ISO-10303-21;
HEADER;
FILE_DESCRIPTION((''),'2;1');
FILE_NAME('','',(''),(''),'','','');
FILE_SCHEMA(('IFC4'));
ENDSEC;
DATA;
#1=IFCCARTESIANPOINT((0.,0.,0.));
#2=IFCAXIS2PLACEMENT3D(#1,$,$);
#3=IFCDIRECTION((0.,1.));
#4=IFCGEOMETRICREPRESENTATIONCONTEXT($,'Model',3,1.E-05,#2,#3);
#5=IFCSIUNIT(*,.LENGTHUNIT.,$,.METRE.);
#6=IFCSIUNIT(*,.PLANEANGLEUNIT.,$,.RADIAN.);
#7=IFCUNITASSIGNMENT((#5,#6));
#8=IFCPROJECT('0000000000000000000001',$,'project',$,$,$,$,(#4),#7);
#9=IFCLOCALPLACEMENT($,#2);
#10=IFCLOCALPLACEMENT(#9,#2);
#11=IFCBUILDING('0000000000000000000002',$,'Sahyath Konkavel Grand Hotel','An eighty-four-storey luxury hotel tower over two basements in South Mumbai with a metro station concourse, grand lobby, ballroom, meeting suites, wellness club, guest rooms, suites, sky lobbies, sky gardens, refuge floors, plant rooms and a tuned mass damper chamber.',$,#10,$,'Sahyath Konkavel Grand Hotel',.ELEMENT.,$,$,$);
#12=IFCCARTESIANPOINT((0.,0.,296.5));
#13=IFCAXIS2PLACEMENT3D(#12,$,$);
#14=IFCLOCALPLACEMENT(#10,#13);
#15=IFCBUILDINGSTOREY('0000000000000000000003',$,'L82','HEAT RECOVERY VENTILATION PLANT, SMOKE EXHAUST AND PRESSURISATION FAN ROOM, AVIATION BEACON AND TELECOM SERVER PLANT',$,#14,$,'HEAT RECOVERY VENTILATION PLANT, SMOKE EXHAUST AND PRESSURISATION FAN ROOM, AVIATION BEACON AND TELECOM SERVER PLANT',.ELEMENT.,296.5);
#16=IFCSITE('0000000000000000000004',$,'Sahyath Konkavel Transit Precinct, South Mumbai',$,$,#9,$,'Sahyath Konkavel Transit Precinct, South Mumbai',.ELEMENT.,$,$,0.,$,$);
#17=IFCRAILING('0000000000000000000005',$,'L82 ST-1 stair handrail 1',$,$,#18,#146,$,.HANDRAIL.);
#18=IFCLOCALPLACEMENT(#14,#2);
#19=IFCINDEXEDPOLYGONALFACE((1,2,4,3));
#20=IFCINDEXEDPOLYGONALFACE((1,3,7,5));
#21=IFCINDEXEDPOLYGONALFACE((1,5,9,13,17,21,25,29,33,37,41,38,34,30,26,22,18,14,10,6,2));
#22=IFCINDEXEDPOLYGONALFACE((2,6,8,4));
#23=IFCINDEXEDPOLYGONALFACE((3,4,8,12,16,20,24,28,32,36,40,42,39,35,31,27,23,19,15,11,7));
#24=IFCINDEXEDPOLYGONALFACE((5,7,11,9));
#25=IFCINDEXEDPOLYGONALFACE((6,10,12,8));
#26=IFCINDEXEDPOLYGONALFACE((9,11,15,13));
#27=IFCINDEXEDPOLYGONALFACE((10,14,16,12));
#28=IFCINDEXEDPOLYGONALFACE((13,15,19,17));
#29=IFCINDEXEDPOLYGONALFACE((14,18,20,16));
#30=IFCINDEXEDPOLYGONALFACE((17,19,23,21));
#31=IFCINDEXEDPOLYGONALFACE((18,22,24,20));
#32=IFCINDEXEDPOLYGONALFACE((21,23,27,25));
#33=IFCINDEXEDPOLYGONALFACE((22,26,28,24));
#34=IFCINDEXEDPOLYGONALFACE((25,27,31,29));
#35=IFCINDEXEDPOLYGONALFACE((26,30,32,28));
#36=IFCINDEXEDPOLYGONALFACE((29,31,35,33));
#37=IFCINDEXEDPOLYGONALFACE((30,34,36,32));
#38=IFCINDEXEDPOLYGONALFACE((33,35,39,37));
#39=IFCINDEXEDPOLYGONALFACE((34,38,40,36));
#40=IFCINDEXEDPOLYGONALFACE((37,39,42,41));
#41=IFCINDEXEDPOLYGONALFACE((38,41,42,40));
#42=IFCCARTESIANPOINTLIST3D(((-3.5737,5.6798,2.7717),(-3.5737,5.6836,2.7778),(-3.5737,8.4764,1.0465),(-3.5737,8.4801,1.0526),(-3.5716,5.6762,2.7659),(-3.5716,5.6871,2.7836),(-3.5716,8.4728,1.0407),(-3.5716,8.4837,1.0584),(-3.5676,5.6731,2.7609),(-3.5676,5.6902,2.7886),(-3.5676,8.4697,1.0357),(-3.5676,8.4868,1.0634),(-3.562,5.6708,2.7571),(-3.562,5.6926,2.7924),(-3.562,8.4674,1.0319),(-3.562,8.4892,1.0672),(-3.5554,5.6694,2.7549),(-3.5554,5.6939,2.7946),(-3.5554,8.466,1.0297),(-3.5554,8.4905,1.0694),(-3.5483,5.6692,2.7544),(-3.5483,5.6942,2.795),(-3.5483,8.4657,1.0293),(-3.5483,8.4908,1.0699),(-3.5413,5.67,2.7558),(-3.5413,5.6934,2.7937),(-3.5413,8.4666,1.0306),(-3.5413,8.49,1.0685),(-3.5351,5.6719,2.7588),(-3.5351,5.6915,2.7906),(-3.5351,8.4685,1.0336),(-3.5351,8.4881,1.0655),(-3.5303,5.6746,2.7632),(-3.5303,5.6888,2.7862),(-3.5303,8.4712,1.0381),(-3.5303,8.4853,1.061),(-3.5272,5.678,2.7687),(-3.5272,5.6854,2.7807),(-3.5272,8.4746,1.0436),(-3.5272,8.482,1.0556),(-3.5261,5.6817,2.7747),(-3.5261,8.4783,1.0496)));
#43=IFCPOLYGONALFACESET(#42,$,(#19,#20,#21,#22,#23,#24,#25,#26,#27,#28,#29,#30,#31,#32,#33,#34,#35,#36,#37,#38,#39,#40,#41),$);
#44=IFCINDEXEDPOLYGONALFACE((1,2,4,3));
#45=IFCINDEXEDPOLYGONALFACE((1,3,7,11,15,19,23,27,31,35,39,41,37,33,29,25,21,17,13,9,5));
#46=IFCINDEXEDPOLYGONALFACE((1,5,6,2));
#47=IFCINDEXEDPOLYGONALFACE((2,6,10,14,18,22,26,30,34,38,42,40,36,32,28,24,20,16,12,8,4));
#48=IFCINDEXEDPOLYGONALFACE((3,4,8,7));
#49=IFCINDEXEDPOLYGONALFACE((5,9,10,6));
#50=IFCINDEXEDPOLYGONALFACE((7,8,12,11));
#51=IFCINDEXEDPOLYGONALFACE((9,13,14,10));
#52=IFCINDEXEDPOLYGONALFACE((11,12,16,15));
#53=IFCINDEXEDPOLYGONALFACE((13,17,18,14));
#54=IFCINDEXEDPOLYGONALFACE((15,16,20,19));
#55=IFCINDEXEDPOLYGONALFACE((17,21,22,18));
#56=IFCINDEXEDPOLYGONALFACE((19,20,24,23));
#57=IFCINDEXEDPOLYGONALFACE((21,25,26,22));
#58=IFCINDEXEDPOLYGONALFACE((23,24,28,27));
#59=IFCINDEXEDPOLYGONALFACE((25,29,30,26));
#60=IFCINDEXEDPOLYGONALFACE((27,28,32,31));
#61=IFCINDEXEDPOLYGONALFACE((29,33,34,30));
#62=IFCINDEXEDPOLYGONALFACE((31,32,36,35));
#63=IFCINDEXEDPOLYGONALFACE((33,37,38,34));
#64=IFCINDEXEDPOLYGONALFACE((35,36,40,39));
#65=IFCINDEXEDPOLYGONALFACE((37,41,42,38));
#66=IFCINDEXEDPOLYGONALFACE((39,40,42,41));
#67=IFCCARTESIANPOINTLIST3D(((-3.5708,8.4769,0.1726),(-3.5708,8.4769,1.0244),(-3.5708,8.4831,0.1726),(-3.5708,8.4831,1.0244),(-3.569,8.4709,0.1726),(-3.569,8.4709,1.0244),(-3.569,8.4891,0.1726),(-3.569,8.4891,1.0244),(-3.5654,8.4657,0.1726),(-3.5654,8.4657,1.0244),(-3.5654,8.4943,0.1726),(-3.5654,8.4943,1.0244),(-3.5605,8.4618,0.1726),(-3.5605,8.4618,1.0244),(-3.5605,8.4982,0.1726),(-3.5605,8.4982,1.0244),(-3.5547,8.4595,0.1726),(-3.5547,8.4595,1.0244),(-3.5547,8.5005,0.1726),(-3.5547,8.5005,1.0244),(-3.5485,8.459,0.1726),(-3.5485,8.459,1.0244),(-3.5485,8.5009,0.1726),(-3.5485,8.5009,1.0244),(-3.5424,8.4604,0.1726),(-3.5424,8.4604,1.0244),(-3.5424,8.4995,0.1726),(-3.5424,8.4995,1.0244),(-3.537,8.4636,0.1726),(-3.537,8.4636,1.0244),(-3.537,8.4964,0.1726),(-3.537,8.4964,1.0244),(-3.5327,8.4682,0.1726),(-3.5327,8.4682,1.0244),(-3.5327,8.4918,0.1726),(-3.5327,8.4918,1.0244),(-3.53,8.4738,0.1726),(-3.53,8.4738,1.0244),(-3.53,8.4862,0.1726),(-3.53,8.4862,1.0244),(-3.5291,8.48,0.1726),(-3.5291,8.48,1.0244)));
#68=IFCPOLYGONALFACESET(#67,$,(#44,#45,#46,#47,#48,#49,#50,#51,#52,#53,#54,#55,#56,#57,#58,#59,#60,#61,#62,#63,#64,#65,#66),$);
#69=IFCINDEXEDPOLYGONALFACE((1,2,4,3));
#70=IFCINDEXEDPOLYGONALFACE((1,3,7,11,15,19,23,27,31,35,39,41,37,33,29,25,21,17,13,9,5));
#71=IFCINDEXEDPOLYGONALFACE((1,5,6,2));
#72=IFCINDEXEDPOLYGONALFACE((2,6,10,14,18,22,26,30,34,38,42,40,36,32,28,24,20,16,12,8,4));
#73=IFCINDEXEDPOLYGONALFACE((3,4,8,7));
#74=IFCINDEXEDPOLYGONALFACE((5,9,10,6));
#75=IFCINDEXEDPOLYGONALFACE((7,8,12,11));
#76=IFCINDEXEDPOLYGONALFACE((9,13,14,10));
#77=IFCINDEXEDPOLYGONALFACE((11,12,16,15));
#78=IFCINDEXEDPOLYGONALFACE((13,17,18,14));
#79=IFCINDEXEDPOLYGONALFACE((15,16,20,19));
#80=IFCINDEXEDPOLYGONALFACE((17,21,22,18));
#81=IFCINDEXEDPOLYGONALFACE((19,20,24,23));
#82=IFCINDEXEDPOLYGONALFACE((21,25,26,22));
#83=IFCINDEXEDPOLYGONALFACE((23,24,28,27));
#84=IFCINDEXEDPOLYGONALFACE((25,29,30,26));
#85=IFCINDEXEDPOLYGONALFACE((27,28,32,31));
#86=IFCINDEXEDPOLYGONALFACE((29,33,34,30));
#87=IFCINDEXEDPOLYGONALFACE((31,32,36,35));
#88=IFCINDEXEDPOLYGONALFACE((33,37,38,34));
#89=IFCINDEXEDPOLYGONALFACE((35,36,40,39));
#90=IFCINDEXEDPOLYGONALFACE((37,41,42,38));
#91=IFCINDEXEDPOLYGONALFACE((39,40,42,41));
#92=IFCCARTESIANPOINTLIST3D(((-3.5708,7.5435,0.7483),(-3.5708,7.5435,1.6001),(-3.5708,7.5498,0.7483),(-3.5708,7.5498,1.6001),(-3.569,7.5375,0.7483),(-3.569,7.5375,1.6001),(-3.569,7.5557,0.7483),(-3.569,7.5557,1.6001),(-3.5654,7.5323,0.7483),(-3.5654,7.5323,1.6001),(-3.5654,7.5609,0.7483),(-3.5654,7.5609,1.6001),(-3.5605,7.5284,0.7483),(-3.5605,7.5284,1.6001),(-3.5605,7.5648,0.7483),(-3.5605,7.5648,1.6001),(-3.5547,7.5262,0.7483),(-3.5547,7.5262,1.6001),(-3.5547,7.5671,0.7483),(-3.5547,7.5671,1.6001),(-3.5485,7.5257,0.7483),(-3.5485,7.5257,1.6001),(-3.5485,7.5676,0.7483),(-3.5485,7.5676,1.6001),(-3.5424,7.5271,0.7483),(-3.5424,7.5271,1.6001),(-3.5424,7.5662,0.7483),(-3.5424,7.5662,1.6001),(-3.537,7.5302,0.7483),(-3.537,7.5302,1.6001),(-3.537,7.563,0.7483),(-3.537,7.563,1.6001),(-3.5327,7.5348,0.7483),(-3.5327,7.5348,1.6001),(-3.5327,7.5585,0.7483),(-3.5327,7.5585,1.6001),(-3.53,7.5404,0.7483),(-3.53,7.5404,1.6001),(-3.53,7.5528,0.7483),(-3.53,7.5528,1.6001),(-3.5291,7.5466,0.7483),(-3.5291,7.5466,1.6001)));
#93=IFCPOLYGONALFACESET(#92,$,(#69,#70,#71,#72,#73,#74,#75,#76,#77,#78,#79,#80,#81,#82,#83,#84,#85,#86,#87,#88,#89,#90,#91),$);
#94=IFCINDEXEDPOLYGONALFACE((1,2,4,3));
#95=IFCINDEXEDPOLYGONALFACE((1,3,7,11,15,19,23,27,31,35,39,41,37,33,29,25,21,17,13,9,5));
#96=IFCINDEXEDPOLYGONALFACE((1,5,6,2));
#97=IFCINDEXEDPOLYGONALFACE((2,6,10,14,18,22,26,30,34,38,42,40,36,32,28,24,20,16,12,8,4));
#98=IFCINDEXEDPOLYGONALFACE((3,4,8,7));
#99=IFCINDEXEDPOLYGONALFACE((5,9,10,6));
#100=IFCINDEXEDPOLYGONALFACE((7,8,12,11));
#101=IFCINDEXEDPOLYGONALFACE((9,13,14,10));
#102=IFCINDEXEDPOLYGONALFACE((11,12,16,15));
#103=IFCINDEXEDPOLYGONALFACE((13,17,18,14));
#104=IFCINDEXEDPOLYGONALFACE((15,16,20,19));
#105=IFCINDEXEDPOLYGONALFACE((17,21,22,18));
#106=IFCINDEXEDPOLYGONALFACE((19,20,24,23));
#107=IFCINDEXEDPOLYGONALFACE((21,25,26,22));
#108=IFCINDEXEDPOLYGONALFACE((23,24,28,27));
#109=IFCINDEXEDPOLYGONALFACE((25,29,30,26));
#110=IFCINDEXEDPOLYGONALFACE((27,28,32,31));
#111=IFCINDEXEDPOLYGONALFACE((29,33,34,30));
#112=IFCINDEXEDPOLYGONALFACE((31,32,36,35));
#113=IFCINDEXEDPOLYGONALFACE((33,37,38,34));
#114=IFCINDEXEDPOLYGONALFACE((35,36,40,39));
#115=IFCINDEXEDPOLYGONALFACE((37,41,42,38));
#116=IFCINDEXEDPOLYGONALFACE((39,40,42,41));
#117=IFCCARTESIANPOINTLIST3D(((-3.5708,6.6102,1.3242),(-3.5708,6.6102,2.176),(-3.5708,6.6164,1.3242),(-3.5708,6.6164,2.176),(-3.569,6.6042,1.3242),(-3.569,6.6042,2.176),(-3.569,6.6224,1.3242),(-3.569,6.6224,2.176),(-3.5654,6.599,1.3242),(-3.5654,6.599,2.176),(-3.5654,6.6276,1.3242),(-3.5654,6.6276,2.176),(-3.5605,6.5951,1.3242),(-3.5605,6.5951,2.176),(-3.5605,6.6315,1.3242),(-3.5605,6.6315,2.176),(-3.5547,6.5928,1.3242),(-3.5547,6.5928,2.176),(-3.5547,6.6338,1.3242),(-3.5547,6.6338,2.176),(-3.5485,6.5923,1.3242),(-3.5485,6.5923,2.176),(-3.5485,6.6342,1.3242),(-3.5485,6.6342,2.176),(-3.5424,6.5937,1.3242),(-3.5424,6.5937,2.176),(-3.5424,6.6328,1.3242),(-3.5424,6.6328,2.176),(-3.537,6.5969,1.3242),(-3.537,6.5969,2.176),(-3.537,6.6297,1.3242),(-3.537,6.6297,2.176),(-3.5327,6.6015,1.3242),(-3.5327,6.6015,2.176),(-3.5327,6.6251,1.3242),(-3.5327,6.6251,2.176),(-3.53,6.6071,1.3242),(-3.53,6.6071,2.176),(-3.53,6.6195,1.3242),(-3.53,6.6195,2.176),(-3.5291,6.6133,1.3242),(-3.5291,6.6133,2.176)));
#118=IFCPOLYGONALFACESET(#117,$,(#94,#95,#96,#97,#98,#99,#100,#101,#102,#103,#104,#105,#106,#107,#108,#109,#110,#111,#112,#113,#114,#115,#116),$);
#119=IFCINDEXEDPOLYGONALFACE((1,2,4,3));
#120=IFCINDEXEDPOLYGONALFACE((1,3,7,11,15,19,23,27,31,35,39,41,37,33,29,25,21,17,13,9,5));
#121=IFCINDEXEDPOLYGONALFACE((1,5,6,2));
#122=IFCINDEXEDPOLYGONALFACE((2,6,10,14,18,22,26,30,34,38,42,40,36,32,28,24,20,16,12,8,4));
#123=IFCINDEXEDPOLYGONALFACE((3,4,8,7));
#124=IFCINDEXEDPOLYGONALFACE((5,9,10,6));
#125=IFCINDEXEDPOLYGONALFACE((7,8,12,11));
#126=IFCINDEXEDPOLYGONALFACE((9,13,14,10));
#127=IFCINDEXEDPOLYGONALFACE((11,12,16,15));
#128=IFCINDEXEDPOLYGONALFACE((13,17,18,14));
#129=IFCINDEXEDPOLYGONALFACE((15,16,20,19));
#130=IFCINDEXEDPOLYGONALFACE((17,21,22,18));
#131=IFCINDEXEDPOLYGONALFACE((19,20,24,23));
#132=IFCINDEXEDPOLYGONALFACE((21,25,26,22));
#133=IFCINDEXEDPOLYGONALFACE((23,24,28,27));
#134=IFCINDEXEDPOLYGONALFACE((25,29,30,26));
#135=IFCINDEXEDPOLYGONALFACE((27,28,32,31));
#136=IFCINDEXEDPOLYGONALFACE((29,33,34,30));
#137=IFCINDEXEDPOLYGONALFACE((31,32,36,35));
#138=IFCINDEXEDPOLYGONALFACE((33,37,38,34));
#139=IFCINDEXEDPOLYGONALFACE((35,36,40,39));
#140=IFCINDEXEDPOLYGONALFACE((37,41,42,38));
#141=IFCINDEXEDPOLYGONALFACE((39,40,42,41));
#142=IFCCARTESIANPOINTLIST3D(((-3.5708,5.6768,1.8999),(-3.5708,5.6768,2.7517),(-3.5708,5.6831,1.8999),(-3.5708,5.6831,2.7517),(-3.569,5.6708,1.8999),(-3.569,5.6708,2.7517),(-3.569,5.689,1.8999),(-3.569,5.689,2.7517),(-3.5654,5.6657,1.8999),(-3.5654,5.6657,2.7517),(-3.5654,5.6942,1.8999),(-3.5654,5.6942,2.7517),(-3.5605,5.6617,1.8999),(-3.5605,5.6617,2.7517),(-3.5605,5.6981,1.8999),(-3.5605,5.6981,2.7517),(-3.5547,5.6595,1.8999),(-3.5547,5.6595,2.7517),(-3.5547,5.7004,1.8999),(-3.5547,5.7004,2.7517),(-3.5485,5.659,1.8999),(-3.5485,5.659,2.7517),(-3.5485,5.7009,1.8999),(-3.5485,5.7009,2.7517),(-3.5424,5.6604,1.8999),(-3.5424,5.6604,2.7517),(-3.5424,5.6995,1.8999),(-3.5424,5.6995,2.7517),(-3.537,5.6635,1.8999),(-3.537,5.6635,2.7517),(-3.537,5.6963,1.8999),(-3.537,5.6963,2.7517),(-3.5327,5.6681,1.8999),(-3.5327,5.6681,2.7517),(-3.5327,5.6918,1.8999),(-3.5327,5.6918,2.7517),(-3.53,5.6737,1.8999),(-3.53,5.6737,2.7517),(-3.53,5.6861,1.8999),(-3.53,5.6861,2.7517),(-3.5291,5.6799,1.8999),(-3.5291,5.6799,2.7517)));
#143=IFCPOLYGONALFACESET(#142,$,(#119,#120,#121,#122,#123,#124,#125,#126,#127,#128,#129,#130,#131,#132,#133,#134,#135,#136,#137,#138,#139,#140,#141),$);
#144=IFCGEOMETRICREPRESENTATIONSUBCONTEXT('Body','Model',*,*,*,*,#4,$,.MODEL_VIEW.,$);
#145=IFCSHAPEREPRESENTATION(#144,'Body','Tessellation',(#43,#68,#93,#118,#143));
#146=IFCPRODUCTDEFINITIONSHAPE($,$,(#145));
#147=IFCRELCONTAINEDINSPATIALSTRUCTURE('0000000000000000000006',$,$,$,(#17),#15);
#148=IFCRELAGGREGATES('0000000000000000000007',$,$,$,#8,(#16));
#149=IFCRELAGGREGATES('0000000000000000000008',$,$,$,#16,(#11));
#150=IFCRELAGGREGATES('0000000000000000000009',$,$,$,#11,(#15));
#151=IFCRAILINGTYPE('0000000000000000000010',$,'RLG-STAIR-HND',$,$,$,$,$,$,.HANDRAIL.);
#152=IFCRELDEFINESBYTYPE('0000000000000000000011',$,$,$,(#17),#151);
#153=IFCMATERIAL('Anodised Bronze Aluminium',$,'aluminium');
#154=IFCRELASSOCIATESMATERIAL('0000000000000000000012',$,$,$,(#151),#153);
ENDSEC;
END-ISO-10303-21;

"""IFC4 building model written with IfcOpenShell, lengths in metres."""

from ifc_helpers import new_model, si_unit, direction, frame, origin, origin_2d, place, context, subcontext, project, spatial, circle, extrude, material, type_object, element, save


model = new_model("IFC4")

# Units and contexts
model_context = context("Model", 3, precision=1e-05, world=origin(), true_north=direction((0.0, 1.0)))
body_context = subcontext(model_context, "Body", "Model", "MODEL_VIEW")
ifc_project = project(units=[si_unit("LENGTHUNIT", "METRE"), si_unit("PLANEANGLEUNIT", "RADIAN")], contexts=[model_context])

# Site, building, storey
site_placement = place(None, origin())
site = spatial("IfcSite", under=ifc_project, at=site_placement, Name="Sahyath Konkavel Transit Precinct, South Mumbai", LongName="Sahyath Konkavel Transit Precinct, South Mumbai", CompositionType="ELEMENT", RefElevation=0.0)
building_placement = place(site_placement, origin())
building = spatial("IfcBuilding", under=site, at=building_placement, Name="Sahyath Konkavel Grand Hotel", Description="An eighty-four-storey luxury hotel tower over two basements in South Mumbai with a metro station concourse, grand lobby, ballroom, meeting suites, wellness club, guest rooms, suites, sky lobbies, sky gardens, refuge floors, plant rooms and a tuned mass damper chamber.", LongName="Sahyath Konkavel Grand Hotel", CompositionType="ELEMENT")
storey_placement = place(building_placement, frame((0.0, 0.0, 296.5)))
storey = spatial("IfcBuildingStorey", under=building, at=storey_placement, Name="L82", Description="HEAT RECOVERY VENTILATION PLANT, SMOKE EXHAUST AND PRESSURISATION FAN ROOM, AVIATION BEACON AND TELECOM SERVER PLANT", LongName="HEAT RECOVERY VENTILATION PLANT, SMOKE EXHAUST AND PRESSURISATION FAN ROOM, AVIATION BEACON AND TELECOM SERVER PLANT", CompositionType="ELEMENT", Elevation=296.5)

# Railing
ifc_material_1 = material(Name="Anodised Bronze Aluminium", Category="aluminium")
railing_type_1 = type_object("IfcRailingType", Name="RLG-STAIR-HND", PredefinedType="HANDRAIL", material=ifc_material_1)
railing_1_placement = place(storey_placement, frame((-3.55, 8.48, 0.1726)))
element("IfcRailing", 1, at=railing_1_placement, inside=storey, type_object=railing_type_1, Name="L82 ST-1 stair handrail 1", PredefinedType="HANDRAIL", context=body_context, shape_type="SweptSolid", body=[
    extrude(circle(Radius=0.0239, at=origin_2d()), frame((0.0, -0.0017, 0.877), z_axis=(0.0, -0.85109, 0.52502), x_axis=(1.0, 0.0, 0.0)), (0.0, 0.0, 1.0), 3.2859),
    extrude(circle(Radius=0.021, at=origin_2d()), origin(), (0.0, 0.0, 1.0), 0.8518),
    extrude(circle(Radius=0.021, at=origin_2d()), frame((0.0, -0.9333, 0.5757)), (0.0, 0.0, 1.0), 0.8518),
    extrude(circle(Radius=0.021, at=origin_2d()), frame((0.0, -1.8667, 1.1516)), (0.0, 0.0, 1.0), 0.8518),
    extrude(circle(Radius=0.021, at=origin_2d()), frame((0.0, -2.8, 1.7273)), (0.0, 0.0, 1.0), 0.8518),
])

save(model, "model.ifc")
